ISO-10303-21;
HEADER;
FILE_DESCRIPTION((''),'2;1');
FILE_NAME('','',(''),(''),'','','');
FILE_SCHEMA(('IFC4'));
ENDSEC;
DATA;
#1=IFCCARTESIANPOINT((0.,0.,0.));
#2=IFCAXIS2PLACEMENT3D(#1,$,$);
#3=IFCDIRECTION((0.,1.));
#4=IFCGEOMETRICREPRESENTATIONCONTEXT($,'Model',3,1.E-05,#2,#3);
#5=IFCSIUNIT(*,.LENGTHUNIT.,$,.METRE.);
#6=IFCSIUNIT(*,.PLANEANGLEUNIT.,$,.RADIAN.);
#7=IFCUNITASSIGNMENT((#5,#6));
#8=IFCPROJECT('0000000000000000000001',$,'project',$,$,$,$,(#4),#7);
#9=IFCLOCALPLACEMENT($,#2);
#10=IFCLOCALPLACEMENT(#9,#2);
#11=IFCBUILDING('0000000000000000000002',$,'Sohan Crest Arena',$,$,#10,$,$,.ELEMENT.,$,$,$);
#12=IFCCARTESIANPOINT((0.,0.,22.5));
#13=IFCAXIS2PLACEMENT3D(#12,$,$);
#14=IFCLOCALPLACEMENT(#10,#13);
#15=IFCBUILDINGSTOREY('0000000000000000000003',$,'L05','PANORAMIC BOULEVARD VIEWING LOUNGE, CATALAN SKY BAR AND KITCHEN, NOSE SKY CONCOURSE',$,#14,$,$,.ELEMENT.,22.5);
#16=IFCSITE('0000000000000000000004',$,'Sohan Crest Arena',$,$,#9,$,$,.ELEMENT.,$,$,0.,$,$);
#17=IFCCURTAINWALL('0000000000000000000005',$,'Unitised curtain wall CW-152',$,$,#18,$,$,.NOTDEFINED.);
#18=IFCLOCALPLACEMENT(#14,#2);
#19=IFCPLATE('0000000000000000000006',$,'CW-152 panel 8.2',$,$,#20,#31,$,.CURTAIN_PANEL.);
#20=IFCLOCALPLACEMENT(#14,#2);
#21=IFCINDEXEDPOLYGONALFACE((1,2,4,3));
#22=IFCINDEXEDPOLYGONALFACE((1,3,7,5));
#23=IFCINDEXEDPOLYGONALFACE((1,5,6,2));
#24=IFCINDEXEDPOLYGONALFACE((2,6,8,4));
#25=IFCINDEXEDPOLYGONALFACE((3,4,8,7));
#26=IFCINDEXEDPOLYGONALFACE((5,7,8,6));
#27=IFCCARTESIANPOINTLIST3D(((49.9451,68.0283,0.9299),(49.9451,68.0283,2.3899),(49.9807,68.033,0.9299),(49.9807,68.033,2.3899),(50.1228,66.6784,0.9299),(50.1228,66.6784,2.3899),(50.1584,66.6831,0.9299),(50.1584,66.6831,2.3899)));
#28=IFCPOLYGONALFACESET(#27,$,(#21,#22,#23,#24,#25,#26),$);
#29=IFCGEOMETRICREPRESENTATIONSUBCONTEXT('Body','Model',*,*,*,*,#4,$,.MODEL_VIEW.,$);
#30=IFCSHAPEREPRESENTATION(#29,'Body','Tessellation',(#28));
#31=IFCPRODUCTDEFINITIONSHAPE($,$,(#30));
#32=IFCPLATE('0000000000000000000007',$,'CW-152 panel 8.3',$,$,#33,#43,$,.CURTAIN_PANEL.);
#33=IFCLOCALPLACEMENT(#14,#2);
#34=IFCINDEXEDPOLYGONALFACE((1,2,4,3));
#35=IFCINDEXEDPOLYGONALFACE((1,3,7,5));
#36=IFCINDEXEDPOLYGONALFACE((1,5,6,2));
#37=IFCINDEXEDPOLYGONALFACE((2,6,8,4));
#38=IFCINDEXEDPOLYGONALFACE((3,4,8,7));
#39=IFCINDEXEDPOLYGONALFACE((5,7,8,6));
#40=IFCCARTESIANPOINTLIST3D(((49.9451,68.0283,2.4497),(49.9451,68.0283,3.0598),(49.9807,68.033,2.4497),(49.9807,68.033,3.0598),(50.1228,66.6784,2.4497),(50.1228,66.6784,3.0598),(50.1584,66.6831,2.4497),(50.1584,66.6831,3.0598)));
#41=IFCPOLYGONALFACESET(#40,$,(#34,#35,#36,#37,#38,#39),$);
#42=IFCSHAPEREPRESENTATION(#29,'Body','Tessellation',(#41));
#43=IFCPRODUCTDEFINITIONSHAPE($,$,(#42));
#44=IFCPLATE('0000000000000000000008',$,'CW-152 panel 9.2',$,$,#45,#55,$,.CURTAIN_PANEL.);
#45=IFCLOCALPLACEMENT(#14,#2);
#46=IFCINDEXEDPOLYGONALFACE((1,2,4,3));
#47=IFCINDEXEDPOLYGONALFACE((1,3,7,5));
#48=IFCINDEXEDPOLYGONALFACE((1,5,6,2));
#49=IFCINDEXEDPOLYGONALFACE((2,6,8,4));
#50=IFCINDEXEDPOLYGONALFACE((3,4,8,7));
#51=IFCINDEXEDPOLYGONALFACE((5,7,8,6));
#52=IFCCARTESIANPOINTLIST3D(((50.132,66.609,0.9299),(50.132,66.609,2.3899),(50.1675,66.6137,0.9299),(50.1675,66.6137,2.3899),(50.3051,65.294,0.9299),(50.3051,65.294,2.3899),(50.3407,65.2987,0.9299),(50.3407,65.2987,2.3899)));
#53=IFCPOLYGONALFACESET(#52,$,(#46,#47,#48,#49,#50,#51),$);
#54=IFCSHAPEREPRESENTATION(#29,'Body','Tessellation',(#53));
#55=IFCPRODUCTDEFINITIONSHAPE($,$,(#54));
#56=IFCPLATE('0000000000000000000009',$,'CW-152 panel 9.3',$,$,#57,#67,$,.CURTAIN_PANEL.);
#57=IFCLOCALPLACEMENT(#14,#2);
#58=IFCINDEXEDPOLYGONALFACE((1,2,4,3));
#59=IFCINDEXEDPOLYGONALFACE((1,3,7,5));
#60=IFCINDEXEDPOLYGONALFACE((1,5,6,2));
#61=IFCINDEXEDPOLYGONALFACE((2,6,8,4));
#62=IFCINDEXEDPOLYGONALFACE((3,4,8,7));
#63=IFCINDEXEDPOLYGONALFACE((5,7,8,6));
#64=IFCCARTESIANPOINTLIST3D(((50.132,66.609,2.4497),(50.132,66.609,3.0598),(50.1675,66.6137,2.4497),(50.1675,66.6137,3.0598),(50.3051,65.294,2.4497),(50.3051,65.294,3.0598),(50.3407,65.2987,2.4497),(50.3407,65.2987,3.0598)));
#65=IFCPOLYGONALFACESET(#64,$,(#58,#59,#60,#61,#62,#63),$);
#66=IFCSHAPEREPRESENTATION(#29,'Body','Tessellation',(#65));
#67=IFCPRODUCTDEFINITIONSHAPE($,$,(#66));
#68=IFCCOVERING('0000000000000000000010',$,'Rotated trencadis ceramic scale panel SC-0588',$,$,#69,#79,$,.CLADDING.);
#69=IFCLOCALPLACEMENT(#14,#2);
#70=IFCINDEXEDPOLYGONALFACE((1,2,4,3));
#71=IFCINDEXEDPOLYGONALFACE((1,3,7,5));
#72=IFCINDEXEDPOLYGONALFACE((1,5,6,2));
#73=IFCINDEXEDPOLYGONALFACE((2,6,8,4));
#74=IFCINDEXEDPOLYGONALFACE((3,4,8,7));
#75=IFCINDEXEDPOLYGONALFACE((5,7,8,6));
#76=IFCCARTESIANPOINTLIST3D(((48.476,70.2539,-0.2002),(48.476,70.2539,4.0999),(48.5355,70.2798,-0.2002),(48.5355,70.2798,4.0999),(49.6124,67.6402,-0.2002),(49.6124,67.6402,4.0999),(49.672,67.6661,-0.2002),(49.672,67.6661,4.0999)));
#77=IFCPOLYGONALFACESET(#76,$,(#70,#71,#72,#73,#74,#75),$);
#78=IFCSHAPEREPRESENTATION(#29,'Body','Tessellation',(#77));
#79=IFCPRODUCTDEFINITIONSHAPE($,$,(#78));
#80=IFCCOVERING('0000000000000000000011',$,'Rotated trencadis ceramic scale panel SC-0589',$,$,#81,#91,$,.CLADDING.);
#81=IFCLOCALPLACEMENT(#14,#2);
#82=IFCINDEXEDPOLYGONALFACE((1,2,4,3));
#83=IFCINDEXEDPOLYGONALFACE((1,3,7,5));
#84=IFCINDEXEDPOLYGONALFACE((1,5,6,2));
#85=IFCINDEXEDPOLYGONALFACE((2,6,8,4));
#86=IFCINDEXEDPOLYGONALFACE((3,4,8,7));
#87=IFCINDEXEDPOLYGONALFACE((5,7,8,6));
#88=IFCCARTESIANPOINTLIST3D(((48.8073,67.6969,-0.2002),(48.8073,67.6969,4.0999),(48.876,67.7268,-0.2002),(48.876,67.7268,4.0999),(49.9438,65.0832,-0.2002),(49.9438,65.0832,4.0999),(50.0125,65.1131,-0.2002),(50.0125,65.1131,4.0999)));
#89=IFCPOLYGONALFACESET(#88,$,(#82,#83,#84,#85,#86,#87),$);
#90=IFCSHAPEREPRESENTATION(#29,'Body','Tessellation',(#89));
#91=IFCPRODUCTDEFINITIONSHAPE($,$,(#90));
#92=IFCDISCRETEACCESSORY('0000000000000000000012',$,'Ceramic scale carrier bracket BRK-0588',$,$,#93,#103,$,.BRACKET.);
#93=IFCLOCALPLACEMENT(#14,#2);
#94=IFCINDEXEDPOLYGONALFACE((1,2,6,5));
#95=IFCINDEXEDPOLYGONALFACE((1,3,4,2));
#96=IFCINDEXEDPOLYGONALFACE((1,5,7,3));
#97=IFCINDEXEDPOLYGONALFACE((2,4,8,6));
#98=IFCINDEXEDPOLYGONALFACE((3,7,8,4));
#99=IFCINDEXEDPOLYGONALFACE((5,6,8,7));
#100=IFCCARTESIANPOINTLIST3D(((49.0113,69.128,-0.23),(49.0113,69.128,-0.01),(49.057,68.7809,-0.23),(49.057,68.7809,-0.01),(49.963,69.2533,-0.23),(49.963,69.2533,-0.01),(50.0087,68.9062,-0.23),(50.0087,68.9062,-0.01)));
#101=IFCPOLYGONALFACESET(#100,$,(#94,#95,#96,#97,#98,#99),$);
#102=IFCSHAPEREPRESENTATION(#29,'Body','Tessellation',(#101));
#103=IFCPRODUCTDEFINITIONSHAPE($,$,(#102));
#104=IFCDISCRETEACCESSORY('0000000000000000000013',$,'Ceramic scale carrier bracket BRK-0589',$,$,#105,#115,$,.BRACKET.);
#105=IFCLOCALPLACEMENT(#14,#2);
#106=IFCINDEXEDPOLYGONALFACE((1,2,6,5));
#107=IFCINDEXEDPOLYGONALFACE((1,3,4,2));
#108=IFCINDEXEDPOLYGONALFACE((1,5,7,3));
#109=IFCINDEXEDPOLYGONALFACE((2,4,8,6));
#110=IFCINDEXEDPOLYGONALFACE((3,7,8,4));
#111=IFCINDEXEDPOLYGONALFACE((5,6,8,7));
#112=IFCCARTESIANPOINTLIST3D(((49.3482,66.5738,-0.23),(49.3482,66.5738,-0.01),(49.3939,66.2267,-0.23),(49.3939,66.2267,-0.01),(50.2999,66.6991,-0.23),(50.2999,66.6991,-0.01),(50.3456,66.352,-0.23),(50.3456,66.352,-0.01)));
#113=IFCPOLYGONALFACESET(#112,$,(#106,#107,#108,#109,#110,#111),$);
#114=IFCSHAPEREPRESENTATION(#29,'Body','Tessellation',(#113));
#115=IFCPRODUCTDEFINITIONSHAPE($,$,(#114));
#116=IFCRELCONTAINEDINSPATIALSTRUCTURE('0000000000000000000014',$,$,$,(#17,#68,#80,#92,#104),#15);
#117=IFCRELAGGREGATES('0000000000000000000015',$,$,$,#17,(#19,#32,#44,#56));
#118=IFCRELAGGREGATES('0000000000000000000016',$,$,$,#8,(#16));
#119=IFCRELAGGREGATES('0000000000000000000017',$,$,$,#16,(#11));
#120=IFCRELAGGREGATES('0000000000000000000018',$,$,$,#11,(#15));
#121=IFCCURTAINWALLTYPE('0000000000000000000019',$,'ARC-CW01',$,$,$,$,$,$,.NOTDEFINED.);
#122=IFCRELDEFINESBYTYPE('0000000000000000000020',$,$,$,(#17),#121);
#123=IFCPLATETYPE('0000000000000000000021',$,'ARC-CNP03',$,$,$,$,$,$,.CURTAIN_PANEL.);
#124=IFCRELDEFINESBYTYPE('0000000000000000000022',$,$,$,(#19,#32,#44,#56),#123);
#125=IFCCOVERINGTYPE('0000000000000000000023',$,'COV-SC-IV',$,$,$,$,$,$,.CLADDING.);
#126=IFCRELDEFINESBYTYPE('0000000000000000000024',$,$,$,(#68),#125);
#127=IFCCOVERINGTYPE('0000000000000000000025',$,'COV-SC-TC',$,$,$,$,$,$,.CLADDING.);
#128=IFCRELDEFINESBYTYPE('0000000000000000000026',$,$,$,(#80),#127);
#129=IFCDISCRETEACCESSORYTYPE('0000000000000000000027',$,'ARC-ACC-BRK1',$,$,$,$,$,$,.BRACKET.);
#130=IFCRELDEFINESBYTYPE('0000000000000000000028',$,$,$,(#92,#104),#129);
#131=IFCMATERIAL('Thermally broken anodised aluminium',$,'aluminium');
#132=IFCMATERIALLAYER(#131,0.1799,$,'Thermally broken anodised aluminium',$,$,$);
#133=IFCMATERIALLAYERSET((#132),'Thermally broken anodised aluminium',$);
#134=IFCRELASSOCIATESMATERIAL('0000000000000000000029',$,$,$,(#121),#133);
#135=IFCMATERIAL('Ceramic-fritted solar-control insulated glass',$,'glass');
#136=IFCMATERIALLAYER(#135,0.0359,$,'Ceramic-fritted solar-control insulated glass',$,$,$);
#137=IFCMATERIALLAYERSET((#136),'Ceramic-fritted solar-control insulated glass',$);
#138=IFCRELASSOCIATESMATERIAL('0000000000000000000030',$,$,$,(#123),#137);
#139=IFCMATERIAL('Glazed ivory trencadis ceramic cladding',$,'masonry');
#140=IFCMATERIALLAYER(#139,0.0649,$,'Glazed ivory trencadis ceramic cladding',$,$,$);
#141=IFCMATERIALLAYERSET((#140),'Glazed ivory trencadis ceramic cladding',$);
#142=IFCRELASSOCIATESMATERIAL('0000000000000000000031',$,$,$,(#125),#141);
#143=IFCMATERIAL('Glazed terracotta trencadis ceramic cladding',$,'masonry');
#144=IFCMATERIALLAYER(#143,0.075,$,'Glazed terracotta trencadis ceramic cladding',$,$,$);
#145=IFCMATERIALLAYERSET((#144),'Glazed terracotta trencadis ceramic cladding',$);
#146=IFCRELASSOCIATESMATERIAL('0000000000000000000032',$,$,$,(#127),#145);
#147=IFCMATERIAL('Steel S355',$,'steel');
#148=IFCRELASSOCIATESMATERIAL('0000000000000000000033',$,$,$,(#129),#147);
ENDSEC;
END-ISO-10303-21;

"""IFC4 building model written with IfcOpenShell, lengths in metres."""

from ifc_helpers import new_model, si_unit, direction, frame, origin, origin_2d, place, context, subcontext, project, spatial, rectangle, extrude, material, layer, layer_set, type_object, element, aggregate, save


model = new_model("IFC4")

# Units and contexts
model_context = context("Model", 3, precision=1e-05, world=origin(), true_north=direction((0.0, 1.0)))
body_context = subcontext(model_context, "Body", "Model", "MODEL_VIEW")
ifc_project = project(units=[si_unit("LENGTHUNIT", "METRE"), si_unit("PLANEANGLEUNIT", "RADIAN")], contexts=[model_context])

# Site, building, storey
site_placement = place(None, origin())
site = spatial("IfcSite", under=ifc_project, at=site_placement, Name="Sohan Crest Arena", CompositionType="ELEMENT", RefElevation=0.0)
building_placement = place(site_placement, origin())
building = spatial("IfcBuilding", under=site, at=building_placement, Name="Sohan Crest Arena", CompositionType="ELEMENT")
storey_placement = place(building_placement, frame((0.0, 0.0, 22.5)))
storey = spatial("IfcBuildingStorey", under=building, at=storey_placement, Name="L05", Description="PANORAMIC BOULEVARD VIEWING LOUNGE, CATALAN SKY BAR AND KITCHEN, NOSE SKY CONCOURSE", CompositionType="ELEMENT", Elevation=22.5)

# Curtain wall, plates
ifc_material_1 = material(Name="Thermally broken anodised aluminium", Category="aluminium")
ifc_layer_1 = layer(ifc_material_1, 0.1799, Name="Thermally broken anodised aluminium")
ifc_layer_set_1 = layer_set([ifc_layer_1], Name="Thermally broken anodised aluminium")
curtain_wall_type = type_object("IfcCurtainWallType", Name="ARC-CW01", PredefinedType="NOTDEFINED", material=ifc_layer_set_1)
curtain_wall_placement = place(storey_placement, origin())
curtain_wall = element("IfcCurtainWall", 1, at=curtain_wall_placement, inside=storey, type_object=curtain_wall_type, Name="Unitised curtain wall CW-152", PredefinedType="NOTDEFINED")
ifc_material_2 = material(Name="Ceramic-fritted solar-control insulated glass", Category="glass")
ifc_layer_2 = layer(ifc_material_2, 0.0359, Name="Ceramic-fritted solar-control insulated glass")
ifc_layer_set_2 = layer_set([ifc_layer_2], Name="Ceramic-fritted solar-control insulated glass")
plate_type = type_object("IfcPlateType", Name="ARC-CNP03", PredefinedType="CURTAIN_PANEL", material=ifc_layer_set_2)
plate_1_placement = place(storey_placement, frame((50.0518, 67.3557, 0.9299), z_axis=(0.0, 0.0, 1.0), x_axis=(0.130557, -0.991441, 0.0)))
plate_1 = element("IfcPlate", 2, at=plate_1_placement, type_object=plate_type, Name="CW-152 panel 8.2", PredefinedType="CURTAIN_PANEL", context=body_context, shape_type="SweptSolid", body=[
    extrude(rectangle(XDim=1.3616, YDim=0.0359, at=origin_2d()), origin(), (0.0, 0.0, 1.0), 1.46),
])
plate_2_placement = place(storey_placement, frame((50.0518, 67.3557, 2.4497), z_axis=(0.0, 0.0, 1.0), x_axis=(0.130557, -0.991441, 0.0)))
plate_2 = element("IfcPlate", 3, at=plate_2_placement, type_object=plate_type, Name="CW-152 panel 8.3", PredefinedType="CURTAIN_PANEL", context=body_context, shape_type="SweptSolid", body=[
    extrude(rectangle(XDim=1.3616, YDim=0.0359, at=origin_2d()), origin(), (0.0, 0.0, 1.0), 0.6101),
])
plate_3_placement = place(storey_placement, frame((50.2363, 65.9539, 0.9299), z_axis=(0.0, 0.0, 1.0), x_axis=(0.130557, -0.991441, 0.0)))
plate_3 = element("IfcPlate", 4, at=plate_3_placement, type_object=plate_type, Name="CW-152 panel 9.2", PredefinedType="CURTAIN_PANEL", context=body_context, shape_type="SweptSolid", body=[
    extrude(rectangle(XDim=1.3264, YDim=0.0359, at=origin_2d()), origin(), (0.0, 0.0, 1.0), 1.46),
])
plate_4_placement = place(storey_placement, frame((50.2363, 65.9539, 2.4497), z_axis=(0.0, 0.0, 1.0), x_axis=(0.130557, -0.991441, 0.0)))
plate_4 = element("IfcPlate", 5, at=plate_4_placement, type_object=plate_type, Name="CW-152 panel 9.3", PredefinedType="CURTAIN_PANEL", context=body_context, shape_type="SweptSolid", body=[
    extrude(rectangle(XDim=1.3264, YDim=0.0359, at=origin_2d()), origin(), (0.0, 0.0, 1.0), 0.6101),
])
aggregate(curtain_wall, [plate_1, plate_2, plate_3, plate_4])

# Coverings
ifc_material_3 = material(Name="Glazed ivory trencadis ceramic cladding", Category="masonry")
ifc_layer_3 = layer(ifc_material_3, 0.0649, Name="Glazed ivory trencadis ceramic cladding")
ifc_layer_set_3 = layer_set([ifc_layer_3], Name="Glazed ivory trencadis ceramic cladding")
covering_type_1 = type_object("IfcCoveringType", Name="COV-SC-IV", PredefinedType="CLADDING", material=ifc_layer_set_3)
covering_1_placement = place(storey_placement, frame((49.074, 68.96, -0.2002), z_axis=(0.0, 0.0, 1.0), x_axis=(0.398749, -0.91706, 0.0)))
element("IfcCovering", 6, at=covering_1_placement, inside=storey, type_object=covering_type_1, Name="Rotated trencadis ceramic scale panel SC-0588", PredefinedType="CLADDING", context=body_context, shape_type="SweptSolid", body=[
    extrude(rectangle(XDim=2.8501, YDim=0.0649, at=origin_2d()), origin(), (0.0, 0.0, 1.0), 4.3),
])
ifc_material_4 = material(Name="Glazed terracotta trencadis ceramic cladding", Category="masonry")
ifc_layer_4 = layer(ifc_material_4, 0.075, Name="Glazed terracotta trencadis ceramic cladding")
ifc_layer_set_4 = layer_set([ifc_layer_4], Name="Glazed terracotta trencadis ceramic cladding")
covering_type_2 = type_object("IfcCoveringType", Name="COV-SC-TC", PredefinedType="CLADDING", material=ifc_layer_set_4)
covering_2_placement = place(storey_placement, frame((49.4099, 66.405, -0.2002), z_axis=(0.0, 0.0, 1.0), x_axis=(0.398749, -0.91706, 0.0)))
element("IfcCovering", 7, at=covering_2_placement, inside=storey, type_object=covering_type_2, Name="Rotated trencadis ceramic scale panel SC-0589", PredefinedType="CLADDING", context=body_context, shape_type="SweptSolid", body=[
    extrude(rectangle(XDim=2.8501, YDim=0.075, at=origin_2d()), origin(), (0.0, 0.0, 1.0), 4.3),
])

# Discrete accessories
ifc_material_5 = material(Name="Steel S355", Category="steel")
discrete_accessory_type = type_object("IfcDiscreteAccessoryType", Name="ARC-ACC-BRK1", PredefinedType="BRACKET", material=ifc_material_5)
for number, where, z_axis, x_axis, name in (
    (8, (49.51, 69.0171, -0.23), (0.0, 0.0, 1.0), (0.130526, -0.991445, 0.0), "Ceramic scale carrier bracket BRK-0588"),
    (9, (49.8469, 66.4629, -0.23), (0.0, 0.0, 1.0), (0.130526, -0.991445, 0.0), "Ceramic scale carrier bracket BRK-0589"),
):
    element("IfcDiscreteAccessory", number, at=place(storey_placement, frame(where, z_axis=z_axis, x_axis=x_axis)), inside=storey, type_object=discrete_accessory_type, Name=name, PredefinedType="BRACKET", context=body_context, shape_type="SweptSolid", body=[
        extrude(rectangle(XDim=0.3501, YDim=0.96, at=origin_2d()), origin(), (0.0, 0.0, 1.0), 0.22),
    ])

save(model, "model.ifc")
